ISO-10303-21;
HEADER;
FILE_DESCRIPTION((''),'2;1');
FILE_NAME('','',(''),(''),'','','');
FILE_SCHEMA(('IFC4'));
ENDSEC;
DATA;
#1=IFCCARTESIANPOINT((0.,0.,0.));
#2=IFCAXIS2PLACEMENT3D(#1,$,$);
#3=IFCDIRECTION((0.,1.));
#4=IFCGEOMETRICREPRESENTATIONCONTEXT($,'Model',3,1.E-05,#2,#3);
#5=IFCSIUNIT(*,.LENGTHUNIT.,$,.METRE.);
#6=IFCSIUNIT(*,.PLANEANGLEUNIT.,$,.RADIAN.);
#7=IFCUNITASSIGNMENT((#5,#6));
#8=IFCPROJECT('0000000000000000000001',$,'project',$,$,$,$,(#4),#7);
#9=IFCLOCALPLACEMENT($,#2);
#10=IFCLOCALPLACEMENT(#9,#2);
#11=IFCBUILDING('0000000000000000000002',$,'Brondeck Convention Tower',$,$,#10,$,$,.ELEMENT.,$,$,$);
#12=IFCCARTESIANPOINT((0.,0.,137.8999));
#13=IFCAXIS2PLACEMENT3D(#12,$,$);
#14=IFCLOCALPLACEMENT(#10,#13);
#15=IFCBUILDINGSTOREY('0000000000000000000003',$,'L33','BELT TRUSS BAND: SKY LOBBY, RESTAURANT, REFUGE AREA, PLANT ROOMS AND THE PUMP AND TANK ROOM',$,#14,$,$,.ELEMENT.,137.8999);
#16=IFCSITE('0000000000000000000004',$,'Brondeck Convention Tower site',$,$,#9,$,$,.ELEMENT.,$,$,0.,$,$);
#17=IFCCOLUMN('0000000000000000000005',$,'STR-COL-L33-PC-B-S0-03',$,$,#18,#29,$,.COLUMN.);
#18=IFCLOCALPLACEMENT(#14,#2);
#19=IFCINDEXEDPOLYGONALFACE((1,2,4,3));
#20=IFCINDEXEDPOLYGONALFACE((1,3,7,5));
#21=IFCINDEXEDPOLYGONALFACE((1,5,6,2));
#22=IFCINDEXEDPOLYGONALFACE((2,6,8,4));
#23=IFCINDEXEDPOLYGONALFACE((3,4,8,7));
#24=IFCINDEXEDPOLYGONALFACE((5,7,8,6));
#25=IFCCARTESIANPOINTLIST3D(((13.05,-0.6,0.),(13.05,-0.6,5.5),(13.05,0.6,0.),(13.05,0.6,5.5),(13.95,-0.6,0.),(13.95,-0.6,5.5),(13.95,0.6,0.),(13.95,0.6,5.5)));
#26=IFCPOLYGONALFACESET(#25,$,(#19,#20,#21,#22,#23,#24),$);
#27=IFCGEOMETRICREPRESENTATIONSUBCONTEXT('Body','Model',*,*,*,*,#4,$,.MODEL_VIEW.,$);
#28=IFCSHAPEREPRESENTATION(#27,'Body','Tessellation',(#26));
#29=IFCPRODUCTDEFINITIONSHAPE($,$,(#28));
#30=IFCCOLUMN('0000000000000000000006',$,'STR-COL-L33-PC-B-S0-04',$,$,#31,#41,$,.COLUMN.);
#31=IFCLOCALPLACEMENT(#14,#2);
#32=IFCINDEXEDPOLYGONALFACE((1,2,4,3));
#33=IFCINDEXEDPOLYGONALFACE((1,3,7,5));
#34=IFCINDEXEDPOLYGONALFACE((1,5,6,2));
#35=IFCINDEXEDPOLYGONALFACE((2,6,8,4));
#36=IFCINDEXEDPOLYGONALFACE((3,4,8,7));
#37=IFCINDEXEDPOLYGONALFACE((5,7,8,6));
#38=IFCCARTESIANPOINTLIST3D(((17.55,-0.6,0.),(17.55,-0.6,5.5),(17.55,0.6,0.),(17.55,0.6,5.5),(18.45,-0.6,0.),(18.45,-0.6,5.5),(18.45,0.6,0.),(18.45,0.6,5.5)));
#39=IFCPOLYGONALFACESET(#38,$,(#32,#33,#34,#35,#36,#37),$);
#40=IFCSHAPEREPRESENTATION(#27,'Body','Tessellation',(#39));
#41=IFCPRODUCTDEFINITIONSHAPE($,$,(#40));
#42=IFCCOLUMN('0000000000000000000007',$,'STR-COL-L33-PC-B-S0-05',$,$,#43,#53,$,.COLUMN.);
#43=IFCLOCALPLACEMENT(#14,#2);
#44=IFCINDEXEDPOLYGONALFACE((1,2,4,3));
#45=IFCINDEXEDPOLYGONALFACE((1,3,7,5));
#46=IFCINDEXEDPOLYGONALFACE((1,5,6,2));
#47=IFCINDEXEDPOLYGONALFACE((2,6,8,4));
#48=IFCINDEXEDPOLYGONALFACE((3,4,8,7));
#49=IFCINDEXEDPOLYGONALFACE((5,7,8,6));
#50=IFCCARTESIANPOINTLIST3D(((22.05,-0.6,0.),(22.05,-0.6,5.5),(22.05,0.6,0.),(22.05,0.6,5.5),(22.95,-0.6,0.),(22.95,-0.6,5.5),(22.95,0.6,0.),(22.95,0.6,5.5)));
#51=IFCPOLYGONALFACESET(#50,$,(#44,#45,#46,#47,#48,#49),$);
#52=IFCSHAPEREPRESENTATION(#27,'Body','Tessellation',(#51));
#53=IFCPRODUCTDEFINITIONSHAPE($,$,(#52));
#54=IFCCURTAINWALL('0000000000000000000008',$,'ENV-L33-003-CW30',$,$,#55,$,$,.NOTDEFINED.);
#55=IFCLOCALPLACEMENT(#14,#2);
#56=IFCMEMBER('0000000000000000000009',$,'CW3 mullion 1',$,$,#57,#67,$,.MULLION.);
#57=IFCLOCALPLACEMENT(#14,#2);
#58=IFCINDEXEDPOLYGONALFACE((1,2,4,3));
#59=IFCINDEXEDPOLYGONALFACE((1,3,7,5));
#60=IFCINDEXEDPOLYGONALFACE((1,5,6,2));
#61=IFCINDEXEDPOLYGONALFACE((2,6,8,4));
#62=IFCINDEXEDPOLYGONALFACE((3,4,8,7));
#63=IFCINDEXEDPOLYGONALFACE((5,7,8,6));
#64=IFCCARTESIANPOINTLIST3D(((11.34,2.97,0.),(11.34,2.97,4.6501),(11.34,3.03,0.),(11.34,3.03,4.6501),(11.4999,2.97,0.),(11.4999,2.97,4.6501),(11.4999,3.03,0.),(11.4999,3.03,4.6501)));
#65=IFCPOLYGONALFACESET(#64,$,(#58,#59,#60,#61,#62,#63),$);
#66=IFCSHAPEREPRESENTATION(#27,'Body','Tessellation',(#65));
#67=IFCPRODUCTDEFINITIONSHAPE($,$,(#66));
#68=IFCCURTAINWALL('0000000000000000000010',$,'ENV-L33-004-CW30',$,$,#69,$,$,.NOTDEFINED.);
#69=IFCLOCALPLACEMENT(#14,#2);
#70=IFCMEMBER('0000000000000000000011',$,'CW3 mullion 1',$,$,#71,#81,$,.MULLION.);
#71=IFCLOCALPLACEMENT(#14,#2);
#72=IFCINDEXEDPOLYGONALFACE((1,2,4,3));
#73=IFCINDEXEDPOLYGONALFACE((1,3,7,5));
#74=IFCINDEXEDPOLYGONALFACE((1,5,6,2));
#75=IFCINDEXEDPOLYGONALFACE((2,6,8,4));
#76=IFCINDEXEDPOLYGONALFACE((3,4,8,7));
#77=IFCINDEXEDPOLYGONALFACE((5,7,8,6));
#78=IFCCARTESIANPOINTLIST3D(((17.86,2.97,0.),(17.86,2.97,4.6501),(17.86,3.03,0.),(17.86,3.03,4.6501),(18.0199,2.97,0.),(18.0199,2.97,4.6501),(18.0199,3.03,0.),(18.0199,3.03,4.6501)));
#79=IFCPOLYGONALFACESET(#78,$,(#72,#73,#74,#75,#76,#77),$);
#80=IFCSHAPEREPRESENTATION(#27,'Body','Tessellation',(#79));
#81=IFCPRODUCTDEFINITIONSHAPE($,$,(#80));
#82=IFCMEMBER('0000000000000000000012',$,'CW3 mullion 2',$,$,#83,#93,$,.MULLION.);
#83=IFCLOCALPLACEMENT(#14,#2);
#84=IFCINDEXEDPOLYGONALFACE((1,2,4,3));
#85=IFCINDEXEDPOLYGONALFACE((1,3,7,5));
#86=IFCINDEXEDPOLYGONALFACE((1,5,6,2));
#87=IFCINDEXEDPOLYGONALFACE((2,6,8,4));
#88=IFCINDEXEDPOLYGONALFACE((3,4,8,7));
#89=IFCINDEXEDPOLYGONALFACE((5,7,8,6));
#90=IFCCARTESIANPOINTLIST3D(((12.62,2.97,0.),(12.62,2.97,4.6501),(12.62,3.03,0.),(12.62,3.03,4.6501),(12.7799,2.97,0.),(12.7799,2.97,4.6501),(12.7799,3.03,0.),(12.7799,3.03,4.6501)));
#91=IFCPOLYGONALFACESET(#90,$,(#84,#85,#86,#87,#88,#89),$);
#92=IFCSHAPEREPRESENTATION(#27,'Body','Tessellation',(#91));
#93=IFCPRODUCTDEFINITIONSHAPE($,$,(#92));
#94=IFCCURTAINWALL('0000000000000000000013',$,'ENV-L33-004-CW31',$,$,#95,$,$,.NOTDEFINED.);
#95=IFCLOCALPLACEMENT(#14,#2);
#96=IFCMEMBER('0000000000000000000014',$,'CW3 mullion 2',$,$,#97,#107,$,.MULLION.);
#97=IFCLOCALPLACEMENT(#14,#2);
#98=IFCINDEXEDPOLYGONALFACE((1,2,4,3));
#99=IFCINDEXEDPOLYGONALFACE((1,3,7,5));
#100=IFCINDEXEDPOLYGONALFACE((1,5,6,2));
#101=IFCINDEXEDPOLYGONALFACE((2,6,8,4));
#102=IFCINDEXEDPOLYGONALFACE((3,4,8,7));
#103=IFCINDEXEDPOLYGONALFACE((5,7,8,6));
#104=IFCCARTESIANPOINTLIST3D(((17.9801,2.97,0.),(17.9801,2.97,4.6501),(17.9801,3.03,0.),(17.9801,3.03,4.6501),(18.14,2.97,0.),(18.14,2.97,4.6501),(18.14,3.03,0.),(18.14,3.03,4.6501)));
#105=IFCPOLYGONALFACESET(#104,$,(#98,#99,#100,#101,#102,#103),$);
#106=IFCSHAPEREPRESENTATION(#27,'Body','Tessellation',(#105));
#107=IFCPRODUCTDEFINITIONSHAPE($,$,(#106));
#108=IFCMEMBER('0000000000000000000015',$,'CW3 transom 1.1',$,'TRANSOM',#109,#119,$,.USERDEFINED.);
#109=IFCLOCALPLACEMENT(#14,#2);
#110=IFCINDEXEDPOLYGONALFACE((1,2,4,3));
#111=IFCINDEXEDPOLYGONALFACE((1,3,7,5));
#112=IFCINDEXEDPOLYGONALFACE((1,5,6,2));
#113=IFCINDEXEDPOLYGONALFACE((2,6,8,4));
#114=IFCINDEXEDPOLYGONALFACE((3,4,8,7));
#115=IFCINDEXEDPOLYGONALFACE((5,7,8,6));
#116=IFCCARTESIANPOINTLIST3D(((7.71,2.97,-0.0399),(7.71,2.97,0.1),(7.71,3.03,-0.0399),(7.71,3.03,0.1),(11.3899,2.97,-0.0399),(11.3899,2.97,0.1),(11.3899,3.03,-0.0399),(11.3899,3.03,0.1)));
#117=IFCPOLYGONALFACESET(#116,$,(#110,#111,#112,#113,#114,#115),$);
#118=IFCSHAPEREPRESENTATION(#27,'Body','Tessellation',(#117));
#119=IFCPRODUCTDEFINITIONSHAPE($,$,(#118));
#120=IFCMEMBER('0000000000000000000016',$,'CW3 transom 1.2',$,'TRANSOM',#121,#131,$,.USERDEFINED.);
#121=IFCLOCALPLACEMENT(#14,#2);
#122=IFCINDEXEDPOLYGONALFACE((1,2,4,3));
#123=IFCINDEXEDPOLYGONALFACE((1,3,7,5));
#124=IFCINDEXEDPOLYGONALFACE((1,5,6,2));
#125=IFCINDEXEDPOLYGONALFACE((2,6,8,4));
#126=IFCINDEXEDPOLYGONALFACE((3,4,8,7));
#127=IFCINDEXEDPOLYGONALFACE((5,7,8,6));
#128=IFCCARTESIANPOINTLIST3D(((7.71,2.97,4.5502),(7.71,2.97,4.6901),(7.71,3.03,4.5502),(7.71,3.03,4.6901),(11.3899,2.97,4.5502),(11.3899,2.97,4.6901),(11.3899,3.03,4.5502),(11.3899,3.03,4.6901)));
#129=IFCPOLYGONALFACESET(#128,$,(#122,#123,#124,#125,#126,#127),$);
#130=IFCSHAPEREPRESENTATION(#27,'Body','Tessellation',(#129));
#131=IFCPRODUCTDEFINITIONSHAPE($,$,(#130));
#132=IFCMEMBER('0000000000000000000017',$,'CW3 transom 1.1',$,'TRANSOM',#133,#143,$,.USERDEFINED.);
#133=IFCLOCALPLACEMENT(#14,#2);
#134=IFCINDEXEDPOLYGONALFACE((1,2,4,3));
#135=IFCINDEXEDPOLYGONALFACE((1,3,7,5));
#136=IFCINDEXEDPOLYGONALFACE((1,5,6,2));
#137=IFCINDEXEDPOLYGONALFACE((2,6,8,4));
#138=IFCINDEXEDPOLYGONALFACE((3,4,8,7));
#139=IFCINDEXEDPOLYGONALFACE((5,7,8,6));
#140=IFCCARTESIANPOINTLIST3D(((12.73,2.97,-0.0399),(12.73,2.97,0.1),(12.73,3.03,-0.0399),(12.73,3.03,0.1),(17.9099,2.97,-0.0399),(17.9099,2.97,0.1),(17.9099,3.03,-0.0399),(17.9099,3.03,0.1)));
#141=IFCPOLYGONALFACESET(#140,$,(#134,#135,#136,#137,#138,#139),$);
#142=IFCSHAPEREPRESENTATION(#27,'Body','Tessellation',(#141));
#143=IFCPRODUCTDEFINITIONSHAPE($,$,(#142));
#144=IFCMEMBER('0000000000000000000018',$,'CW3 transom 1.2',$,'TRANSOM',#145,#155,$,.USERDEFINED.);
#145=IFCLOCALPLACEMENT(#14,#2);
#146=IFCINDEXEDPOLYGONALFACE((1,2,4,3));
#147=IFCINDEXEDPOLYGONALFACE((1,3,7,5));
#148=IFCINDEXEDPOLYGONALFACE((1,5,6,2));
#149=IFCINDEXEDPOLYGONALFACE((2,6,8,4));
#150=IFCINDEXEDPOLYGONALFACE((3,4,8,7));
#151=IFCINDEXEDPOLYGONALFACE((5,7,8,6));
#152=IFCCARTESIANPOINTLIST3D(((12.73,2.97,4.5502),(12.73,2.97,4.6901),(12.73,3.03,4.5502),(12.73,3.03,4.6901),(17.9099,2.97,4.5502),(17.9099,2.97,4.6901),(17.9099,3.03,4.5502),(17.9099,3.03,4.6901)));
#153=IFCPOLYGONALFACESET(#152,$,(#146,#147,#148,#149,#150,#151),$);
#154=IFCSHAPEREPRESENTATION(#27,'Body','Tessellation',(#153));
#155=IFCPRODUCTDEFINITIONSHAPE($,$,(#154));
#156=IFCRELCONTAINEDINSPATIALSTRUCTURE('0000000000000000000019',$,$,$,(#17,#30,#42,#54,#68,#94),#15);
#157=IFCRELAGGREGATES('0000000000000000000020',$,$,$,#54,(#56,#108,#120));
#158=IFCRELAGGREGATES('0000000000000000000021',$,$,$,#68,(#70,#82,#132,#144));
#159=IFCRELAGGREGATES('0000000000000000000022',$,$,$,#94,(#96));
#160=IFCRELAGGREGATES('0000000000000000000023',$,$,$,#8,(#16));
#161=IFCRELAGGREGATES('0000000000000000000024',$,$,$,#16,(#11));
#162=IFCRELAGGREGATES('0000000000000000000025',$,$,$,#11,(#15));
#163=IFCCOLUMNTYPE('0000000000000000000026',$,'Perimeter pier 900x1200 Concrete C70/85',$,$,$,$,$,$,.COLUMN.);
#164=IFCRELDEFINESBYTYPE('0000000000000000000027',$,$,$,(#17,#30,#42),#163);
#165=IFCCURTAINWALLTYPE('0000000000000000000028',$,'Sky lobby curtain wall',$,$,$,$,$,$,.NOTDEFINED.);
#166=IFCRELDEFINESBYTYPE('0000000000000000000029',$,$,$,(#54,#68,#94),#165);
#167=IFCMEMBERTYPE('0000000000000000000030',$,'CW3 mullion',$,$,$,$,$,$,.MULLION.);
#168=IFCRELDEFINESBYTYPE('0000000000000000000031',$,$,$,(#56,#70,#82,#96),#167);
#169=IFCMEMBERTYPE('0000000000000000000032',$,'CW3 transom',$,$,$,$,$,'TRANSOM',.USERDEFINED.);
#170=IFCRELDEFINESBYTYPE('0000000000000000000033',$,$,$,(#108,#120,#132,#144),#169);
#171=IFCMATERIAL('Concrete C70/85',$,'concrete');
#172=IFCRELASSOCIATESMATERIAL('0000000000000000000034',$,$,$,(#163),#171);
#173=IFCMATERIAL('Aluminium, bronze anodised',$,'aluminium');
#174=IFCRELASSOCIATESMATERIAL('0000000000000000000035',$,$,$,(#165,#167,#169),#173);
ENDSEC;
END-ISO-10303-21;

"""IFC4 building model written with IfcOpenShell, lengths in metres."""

from ifc_helpers import new_model, si_unit, direction, frame, origin, origin_2d, place, context, subcontext, project, spatial, rectangle, extrude, material, material_profile, profile_set, type_object, element, aggregate, save


model = new_model("IFC4")

# Units and contexts
model_context = context("Model", 3, precision=1e-05, world=origin(), true_north=direction((0.0, 1.0)))
body_context = subcontext(model_context, "Body", "Model", "MODEL_VIEW")
ifc_project = project(units=[si_unit("LENGTHUNIT", "METRE"), si_unit("PLANEANGLEUNIT", "RADIAN")], contexts=[model_context])

# Site, building, storey
site_placement = place(None, origin())
site = spatial("IfcSite", under=ifc_project, at=site_placement, Name="Brondeck Convention Tower site", CompositionType="ELEMENT", RefElevation=0.0)
building_placement = place(site_placement, origin())
building = spatial("IfcBuilding", under=site, at=building_placement, Name="Brondeck Convention Tower", CompositionType="ELEMENT")
storey_placement = place(building_placement, frame((0.0, 0.0, 137.8999)))
storey = spatial("IfcBuildingStorey", under=building, at=storey_placement, Name="L33", Description="BELT TRUSS BAND: SKY LOBBY, RESTAURANT, REFUGE AREA, PLANT ROOMS AND THE PUMP AND TANK ROOM", CompositionType="ELEMENT", Elevation=137.8999)

# Columns
ifc_material_1 = material(Name="Concrete C70/85", Category="concrete")
ifc_material_profile_1 = material_profile(ifc_material_1, rectangle(XDim=0.8999, YDim=1.2, at=origin_2d()), Name="Perimeter pier 900x1200 Concrete C70/85")
ifc_profile_set_1 = profile_set([ifc_material_profile_1], Name="Concrete C70/85")
column_type = type_object("IfcColumnType", Name="Perimeter pier 900x1200 Concrete C70/85", PredefinedType="COLUMN", material=ifc_profile_set_1)
for number, where, z_axis, x_axis, name in (
    (1, (13.5, 0.0, 0.0), (0.0, 0.0, 1.0), (1.0, 0.0, 0.0), "STR-COL-L33-PC-B-S0-03"),
    (2, (18.0, 0.0, 0.0), (0.0, 0.0, 1.0), (1.0, 0.0, 0.0), "STR-COL-L33-PC-B-S0-04"),
    (3, (22.5, 0.0, 0.0), (0.0, 0.0, 1.0), (1.0, 0.0, 0.0), "STR-COL-L33-PC-B-S0-05"),
):
    element("IfcColumn", number, at=place(storey_placement, frame(where, z_axis=z_axis, x_axis=x_axis)), inside=storey, type_object=column_type, Name=name, PredefinedType="COLUMN", context=body_context, shape_type="SweptSolid", body=[
        extrude(rectangle(XDim=0.8999, YDim=1.2, at=origin_2d()), origin(), (0.0, 0.0, 1.0), 5.5),
    ])

# Curtain wall, member
ifc_material_2 = material(Name="Aluminium, bronze anodised", Category="aluminium")
curtain_wall_type = type_object("IfcCurtainWallType", Name="Sky lobby curtain wall", PredefinedType="NOTDEFINED", material=ifc_material_2)
curtain_wall_1_placement = place(storey_placement, origin())
curtain_wall_1 = element("IfcCurtainWall", 4, at=curtain_wall_1_placement, inside=storey, type_object=curtain_wall_type, Name="ENV-L33-003-CW30", PredefinedType="NOTDEFINED")
ifc_material_profile_2 = material_profile(ifc_material_2, rectangle(XDim=0.0601, YDim=0.1599, at=origin_2d()), Name="CW3 mullion")
ifc_profile_set_2 = profile_set([ifc_material_profile_2], Name="Aluminium, bronze anodised")
member_type_1 = type_object("IfcMemberType", Name="CW3 mullion", PredefinedType="MULLION", material=ifc_profile_set_2)
member_1_placement = place(storey_placement, frame((11.4199, 3.0, 0.0), z_axis=(0.0, 0.0, 1.0), x_axis=(0.0, -1.0, 0.0)))
member_1 = element("IfcMember", 5, at=member_1_placement, type_object=member_type_1, Name="CW3 mullion 1", PredefinedType="MULLION", context=body_context, shape_type="SweptSolid", body=[
    extrude(rectangle(XDim=0.0601, YDim=0.1599, at=origin_2d()), origin(), (0.0, 0.0, 1.0), 4.6501),
])

# Curtain wall, members
curtain_wall_2_placement = place(storey_placement, origin())
curtain_wall_2 = element("IfcCurtainWall", 6, at=curtain_wall_2_placement, inside=storey, type_object=curtain_wall_type, Name="ENV-L33-004-CW30", PredefinedType="NOTDEFINED")
member_2_placement = place(storey_placement, frame((17.9399, 3.0, 0.0), z_axis=(0.0, 0.0, 1.0), x_axis=(0.0, -1.0, 0.0)))
member_2 = element("IfcMember", 7, at=member_2_placement, type_object=member_type_1, Name="CW3 mullion 1", PredefinedType="MULLION", context=body_context, shape_type="SweptSolid", body=[
    extrude(rectangle(XDim=0.0601, YDim=0.1599, at=origin_2d()), origin(), (0.0, 0.0, 1.0), 4.6501),
])
member_3_placement = place(storey_placement, frame((12.7, 3.0, 0.0), z_axis=(0.0, 0.0, 1.0), x_axis=(0.0, -1.0, 0.0)))
member_3 = element("IfcMember", 8, at=member_3_placement, type_object=member_type_1, Name="CW3 mullion 2", PredefinedType="MULLION", context=body_context, shape_type="SweptSolid", body=[
    extrude(rectangle(XDim=0.0601, YDim=0.1599, at=origin_2d()), origin(), (0.0, 0.0, 1.0), 4.6501),
])

# Curtain wall, member
curtain_wall_3_placement = place(storey_placement, origin())
curtain_wall_3 = element("IfcCurtainWall", 9, at=curtain_wall_3_placement, inside=storey, type_object=curtain_wall_type, Name="ENV-L33-004-CW31", PredefinedType="NOTDEFINED")
member_4_placement = place(storey_placement, frame((18.0601, 3.0, 0.0), z_axis=(0.0, 0.0, 1.0), x_axis=(0.0, -1.0, 0.0)))
member_4 = element("IfcMember", 10, at=member_4_placement, type_object=member_type_1, Name="CW3 mullion 2", PredefinedType="MULLION", context=body_context, shape_type="SweptSolid", body=[
    extrude(rectangle(XDim=0.0601, YDim=0.1599, at=origin_2d()), origin(), (0.0, 0.0, 1.0), 4.6501),
])

# Members
ifc_material_profile_3 = material_profile(ifc_material_2, rectangle(XDim=0.0601, YDim=0.1399, at=origin_2d()), Name="CW3 transom")
ifc_profile_set_3 = profile_set([ifc_material_profile_3], Name="Aluminium, bronze anodised")
member_type_2 = type_object("IfcMemberType", Name="CW3 transom", ElementType="TRANSOM", PredefinedType="USERDEFINED", material=ifc_profile_set_3)
member_5_placement = place(storey_placement, frame((11.3899, 3.0, 0.03), z_axis=(-1.0, 0.0, 0.0), x_axis=(0.0, -1.0, 0.0)))
member_5 = element("IfcMember", 11, at=member_5_placement, type_object=member_type_2, Name="CW3 transom 1.1", ObjectType="TRANSOM", PredefinedType="USERDEFINED", context=body_context, shape_type="SweptSolid", body=[
    extrude(rectangle(XDim=0.0601, YDim=0.1399, at=origin_2d()), origin(), (0.0, 0.0, 1.0), 3.6799),
])
member_6_placement = place(storey_placement, frame((11.3899, 3.0, 4.6201), z_axis=(-1.0, 0.0, 0.0), x_axis=(0.0, -1.0, 0.0)))
member_6 = element("IfcMember", 12, at=member_6_placement, type_object=member_type_2, Name="CW3 transom 1.2", ObjectType="TRANSOM", PredefinedType="USERDEFINED", context=body_context, shape_type="SweptSolid", body=[
    extrude(rectangle(XDim=0.0601, YDim=0.1399, at=origin_2d()), origin(), (0.0, 0.0, 1.0), 3.6799),
])
aggregate(curtain_wall_1, [member_1, member_5, member_6])
member_7_placement = place(storey_placement, frame((17.9099, 3.0, 0.03), z_axis=(-1.0, 0.0, 0.0), x_axis=(0.0, -1.0, 0.0)))
member_7 = element("IfcMember", 13, at=member_7_placement, type_object=member_type_2, Name="CW3 transom 1.1", ObjectType="TRANSOM", PredefinedType="USERDEFINED", context=body_context, shape_type="SweptSolid", body=[
    extrude(rectangle(XDim=0.0601, YDim=0.1399, at=origin_2d()), origin(), (0.0, 0.0, 1.0), 5.1799),
])
member_8_placement = place(storey_placement, frame((17.9099, 3.0, 4.6201), z_axis=(-1.0, 0.0, 0.0), x_axis=(0.0, -1.0, 0.0)))
member_8 = element("IfcMember", 14, at=member_8_placement, type_object=member_type_2, Name="CW3 transom 1.2", ObjectType="TRANSOM", PredefinedType="USERDEFINED", context=body_context, shape_type="SweptSolid", body=[
    extrude(rectangle(XDim=0.0601, YDim=0.1399, at=origin_2d()), origin(), (0.0, 0.0, 1.0), 5.1799),
])

aggregate(curtain_wall_2, [member_2, member_3, member_7, member_8])
aggregate(curtain_wall_3, [member_4])

save(model, "model.ifc")
